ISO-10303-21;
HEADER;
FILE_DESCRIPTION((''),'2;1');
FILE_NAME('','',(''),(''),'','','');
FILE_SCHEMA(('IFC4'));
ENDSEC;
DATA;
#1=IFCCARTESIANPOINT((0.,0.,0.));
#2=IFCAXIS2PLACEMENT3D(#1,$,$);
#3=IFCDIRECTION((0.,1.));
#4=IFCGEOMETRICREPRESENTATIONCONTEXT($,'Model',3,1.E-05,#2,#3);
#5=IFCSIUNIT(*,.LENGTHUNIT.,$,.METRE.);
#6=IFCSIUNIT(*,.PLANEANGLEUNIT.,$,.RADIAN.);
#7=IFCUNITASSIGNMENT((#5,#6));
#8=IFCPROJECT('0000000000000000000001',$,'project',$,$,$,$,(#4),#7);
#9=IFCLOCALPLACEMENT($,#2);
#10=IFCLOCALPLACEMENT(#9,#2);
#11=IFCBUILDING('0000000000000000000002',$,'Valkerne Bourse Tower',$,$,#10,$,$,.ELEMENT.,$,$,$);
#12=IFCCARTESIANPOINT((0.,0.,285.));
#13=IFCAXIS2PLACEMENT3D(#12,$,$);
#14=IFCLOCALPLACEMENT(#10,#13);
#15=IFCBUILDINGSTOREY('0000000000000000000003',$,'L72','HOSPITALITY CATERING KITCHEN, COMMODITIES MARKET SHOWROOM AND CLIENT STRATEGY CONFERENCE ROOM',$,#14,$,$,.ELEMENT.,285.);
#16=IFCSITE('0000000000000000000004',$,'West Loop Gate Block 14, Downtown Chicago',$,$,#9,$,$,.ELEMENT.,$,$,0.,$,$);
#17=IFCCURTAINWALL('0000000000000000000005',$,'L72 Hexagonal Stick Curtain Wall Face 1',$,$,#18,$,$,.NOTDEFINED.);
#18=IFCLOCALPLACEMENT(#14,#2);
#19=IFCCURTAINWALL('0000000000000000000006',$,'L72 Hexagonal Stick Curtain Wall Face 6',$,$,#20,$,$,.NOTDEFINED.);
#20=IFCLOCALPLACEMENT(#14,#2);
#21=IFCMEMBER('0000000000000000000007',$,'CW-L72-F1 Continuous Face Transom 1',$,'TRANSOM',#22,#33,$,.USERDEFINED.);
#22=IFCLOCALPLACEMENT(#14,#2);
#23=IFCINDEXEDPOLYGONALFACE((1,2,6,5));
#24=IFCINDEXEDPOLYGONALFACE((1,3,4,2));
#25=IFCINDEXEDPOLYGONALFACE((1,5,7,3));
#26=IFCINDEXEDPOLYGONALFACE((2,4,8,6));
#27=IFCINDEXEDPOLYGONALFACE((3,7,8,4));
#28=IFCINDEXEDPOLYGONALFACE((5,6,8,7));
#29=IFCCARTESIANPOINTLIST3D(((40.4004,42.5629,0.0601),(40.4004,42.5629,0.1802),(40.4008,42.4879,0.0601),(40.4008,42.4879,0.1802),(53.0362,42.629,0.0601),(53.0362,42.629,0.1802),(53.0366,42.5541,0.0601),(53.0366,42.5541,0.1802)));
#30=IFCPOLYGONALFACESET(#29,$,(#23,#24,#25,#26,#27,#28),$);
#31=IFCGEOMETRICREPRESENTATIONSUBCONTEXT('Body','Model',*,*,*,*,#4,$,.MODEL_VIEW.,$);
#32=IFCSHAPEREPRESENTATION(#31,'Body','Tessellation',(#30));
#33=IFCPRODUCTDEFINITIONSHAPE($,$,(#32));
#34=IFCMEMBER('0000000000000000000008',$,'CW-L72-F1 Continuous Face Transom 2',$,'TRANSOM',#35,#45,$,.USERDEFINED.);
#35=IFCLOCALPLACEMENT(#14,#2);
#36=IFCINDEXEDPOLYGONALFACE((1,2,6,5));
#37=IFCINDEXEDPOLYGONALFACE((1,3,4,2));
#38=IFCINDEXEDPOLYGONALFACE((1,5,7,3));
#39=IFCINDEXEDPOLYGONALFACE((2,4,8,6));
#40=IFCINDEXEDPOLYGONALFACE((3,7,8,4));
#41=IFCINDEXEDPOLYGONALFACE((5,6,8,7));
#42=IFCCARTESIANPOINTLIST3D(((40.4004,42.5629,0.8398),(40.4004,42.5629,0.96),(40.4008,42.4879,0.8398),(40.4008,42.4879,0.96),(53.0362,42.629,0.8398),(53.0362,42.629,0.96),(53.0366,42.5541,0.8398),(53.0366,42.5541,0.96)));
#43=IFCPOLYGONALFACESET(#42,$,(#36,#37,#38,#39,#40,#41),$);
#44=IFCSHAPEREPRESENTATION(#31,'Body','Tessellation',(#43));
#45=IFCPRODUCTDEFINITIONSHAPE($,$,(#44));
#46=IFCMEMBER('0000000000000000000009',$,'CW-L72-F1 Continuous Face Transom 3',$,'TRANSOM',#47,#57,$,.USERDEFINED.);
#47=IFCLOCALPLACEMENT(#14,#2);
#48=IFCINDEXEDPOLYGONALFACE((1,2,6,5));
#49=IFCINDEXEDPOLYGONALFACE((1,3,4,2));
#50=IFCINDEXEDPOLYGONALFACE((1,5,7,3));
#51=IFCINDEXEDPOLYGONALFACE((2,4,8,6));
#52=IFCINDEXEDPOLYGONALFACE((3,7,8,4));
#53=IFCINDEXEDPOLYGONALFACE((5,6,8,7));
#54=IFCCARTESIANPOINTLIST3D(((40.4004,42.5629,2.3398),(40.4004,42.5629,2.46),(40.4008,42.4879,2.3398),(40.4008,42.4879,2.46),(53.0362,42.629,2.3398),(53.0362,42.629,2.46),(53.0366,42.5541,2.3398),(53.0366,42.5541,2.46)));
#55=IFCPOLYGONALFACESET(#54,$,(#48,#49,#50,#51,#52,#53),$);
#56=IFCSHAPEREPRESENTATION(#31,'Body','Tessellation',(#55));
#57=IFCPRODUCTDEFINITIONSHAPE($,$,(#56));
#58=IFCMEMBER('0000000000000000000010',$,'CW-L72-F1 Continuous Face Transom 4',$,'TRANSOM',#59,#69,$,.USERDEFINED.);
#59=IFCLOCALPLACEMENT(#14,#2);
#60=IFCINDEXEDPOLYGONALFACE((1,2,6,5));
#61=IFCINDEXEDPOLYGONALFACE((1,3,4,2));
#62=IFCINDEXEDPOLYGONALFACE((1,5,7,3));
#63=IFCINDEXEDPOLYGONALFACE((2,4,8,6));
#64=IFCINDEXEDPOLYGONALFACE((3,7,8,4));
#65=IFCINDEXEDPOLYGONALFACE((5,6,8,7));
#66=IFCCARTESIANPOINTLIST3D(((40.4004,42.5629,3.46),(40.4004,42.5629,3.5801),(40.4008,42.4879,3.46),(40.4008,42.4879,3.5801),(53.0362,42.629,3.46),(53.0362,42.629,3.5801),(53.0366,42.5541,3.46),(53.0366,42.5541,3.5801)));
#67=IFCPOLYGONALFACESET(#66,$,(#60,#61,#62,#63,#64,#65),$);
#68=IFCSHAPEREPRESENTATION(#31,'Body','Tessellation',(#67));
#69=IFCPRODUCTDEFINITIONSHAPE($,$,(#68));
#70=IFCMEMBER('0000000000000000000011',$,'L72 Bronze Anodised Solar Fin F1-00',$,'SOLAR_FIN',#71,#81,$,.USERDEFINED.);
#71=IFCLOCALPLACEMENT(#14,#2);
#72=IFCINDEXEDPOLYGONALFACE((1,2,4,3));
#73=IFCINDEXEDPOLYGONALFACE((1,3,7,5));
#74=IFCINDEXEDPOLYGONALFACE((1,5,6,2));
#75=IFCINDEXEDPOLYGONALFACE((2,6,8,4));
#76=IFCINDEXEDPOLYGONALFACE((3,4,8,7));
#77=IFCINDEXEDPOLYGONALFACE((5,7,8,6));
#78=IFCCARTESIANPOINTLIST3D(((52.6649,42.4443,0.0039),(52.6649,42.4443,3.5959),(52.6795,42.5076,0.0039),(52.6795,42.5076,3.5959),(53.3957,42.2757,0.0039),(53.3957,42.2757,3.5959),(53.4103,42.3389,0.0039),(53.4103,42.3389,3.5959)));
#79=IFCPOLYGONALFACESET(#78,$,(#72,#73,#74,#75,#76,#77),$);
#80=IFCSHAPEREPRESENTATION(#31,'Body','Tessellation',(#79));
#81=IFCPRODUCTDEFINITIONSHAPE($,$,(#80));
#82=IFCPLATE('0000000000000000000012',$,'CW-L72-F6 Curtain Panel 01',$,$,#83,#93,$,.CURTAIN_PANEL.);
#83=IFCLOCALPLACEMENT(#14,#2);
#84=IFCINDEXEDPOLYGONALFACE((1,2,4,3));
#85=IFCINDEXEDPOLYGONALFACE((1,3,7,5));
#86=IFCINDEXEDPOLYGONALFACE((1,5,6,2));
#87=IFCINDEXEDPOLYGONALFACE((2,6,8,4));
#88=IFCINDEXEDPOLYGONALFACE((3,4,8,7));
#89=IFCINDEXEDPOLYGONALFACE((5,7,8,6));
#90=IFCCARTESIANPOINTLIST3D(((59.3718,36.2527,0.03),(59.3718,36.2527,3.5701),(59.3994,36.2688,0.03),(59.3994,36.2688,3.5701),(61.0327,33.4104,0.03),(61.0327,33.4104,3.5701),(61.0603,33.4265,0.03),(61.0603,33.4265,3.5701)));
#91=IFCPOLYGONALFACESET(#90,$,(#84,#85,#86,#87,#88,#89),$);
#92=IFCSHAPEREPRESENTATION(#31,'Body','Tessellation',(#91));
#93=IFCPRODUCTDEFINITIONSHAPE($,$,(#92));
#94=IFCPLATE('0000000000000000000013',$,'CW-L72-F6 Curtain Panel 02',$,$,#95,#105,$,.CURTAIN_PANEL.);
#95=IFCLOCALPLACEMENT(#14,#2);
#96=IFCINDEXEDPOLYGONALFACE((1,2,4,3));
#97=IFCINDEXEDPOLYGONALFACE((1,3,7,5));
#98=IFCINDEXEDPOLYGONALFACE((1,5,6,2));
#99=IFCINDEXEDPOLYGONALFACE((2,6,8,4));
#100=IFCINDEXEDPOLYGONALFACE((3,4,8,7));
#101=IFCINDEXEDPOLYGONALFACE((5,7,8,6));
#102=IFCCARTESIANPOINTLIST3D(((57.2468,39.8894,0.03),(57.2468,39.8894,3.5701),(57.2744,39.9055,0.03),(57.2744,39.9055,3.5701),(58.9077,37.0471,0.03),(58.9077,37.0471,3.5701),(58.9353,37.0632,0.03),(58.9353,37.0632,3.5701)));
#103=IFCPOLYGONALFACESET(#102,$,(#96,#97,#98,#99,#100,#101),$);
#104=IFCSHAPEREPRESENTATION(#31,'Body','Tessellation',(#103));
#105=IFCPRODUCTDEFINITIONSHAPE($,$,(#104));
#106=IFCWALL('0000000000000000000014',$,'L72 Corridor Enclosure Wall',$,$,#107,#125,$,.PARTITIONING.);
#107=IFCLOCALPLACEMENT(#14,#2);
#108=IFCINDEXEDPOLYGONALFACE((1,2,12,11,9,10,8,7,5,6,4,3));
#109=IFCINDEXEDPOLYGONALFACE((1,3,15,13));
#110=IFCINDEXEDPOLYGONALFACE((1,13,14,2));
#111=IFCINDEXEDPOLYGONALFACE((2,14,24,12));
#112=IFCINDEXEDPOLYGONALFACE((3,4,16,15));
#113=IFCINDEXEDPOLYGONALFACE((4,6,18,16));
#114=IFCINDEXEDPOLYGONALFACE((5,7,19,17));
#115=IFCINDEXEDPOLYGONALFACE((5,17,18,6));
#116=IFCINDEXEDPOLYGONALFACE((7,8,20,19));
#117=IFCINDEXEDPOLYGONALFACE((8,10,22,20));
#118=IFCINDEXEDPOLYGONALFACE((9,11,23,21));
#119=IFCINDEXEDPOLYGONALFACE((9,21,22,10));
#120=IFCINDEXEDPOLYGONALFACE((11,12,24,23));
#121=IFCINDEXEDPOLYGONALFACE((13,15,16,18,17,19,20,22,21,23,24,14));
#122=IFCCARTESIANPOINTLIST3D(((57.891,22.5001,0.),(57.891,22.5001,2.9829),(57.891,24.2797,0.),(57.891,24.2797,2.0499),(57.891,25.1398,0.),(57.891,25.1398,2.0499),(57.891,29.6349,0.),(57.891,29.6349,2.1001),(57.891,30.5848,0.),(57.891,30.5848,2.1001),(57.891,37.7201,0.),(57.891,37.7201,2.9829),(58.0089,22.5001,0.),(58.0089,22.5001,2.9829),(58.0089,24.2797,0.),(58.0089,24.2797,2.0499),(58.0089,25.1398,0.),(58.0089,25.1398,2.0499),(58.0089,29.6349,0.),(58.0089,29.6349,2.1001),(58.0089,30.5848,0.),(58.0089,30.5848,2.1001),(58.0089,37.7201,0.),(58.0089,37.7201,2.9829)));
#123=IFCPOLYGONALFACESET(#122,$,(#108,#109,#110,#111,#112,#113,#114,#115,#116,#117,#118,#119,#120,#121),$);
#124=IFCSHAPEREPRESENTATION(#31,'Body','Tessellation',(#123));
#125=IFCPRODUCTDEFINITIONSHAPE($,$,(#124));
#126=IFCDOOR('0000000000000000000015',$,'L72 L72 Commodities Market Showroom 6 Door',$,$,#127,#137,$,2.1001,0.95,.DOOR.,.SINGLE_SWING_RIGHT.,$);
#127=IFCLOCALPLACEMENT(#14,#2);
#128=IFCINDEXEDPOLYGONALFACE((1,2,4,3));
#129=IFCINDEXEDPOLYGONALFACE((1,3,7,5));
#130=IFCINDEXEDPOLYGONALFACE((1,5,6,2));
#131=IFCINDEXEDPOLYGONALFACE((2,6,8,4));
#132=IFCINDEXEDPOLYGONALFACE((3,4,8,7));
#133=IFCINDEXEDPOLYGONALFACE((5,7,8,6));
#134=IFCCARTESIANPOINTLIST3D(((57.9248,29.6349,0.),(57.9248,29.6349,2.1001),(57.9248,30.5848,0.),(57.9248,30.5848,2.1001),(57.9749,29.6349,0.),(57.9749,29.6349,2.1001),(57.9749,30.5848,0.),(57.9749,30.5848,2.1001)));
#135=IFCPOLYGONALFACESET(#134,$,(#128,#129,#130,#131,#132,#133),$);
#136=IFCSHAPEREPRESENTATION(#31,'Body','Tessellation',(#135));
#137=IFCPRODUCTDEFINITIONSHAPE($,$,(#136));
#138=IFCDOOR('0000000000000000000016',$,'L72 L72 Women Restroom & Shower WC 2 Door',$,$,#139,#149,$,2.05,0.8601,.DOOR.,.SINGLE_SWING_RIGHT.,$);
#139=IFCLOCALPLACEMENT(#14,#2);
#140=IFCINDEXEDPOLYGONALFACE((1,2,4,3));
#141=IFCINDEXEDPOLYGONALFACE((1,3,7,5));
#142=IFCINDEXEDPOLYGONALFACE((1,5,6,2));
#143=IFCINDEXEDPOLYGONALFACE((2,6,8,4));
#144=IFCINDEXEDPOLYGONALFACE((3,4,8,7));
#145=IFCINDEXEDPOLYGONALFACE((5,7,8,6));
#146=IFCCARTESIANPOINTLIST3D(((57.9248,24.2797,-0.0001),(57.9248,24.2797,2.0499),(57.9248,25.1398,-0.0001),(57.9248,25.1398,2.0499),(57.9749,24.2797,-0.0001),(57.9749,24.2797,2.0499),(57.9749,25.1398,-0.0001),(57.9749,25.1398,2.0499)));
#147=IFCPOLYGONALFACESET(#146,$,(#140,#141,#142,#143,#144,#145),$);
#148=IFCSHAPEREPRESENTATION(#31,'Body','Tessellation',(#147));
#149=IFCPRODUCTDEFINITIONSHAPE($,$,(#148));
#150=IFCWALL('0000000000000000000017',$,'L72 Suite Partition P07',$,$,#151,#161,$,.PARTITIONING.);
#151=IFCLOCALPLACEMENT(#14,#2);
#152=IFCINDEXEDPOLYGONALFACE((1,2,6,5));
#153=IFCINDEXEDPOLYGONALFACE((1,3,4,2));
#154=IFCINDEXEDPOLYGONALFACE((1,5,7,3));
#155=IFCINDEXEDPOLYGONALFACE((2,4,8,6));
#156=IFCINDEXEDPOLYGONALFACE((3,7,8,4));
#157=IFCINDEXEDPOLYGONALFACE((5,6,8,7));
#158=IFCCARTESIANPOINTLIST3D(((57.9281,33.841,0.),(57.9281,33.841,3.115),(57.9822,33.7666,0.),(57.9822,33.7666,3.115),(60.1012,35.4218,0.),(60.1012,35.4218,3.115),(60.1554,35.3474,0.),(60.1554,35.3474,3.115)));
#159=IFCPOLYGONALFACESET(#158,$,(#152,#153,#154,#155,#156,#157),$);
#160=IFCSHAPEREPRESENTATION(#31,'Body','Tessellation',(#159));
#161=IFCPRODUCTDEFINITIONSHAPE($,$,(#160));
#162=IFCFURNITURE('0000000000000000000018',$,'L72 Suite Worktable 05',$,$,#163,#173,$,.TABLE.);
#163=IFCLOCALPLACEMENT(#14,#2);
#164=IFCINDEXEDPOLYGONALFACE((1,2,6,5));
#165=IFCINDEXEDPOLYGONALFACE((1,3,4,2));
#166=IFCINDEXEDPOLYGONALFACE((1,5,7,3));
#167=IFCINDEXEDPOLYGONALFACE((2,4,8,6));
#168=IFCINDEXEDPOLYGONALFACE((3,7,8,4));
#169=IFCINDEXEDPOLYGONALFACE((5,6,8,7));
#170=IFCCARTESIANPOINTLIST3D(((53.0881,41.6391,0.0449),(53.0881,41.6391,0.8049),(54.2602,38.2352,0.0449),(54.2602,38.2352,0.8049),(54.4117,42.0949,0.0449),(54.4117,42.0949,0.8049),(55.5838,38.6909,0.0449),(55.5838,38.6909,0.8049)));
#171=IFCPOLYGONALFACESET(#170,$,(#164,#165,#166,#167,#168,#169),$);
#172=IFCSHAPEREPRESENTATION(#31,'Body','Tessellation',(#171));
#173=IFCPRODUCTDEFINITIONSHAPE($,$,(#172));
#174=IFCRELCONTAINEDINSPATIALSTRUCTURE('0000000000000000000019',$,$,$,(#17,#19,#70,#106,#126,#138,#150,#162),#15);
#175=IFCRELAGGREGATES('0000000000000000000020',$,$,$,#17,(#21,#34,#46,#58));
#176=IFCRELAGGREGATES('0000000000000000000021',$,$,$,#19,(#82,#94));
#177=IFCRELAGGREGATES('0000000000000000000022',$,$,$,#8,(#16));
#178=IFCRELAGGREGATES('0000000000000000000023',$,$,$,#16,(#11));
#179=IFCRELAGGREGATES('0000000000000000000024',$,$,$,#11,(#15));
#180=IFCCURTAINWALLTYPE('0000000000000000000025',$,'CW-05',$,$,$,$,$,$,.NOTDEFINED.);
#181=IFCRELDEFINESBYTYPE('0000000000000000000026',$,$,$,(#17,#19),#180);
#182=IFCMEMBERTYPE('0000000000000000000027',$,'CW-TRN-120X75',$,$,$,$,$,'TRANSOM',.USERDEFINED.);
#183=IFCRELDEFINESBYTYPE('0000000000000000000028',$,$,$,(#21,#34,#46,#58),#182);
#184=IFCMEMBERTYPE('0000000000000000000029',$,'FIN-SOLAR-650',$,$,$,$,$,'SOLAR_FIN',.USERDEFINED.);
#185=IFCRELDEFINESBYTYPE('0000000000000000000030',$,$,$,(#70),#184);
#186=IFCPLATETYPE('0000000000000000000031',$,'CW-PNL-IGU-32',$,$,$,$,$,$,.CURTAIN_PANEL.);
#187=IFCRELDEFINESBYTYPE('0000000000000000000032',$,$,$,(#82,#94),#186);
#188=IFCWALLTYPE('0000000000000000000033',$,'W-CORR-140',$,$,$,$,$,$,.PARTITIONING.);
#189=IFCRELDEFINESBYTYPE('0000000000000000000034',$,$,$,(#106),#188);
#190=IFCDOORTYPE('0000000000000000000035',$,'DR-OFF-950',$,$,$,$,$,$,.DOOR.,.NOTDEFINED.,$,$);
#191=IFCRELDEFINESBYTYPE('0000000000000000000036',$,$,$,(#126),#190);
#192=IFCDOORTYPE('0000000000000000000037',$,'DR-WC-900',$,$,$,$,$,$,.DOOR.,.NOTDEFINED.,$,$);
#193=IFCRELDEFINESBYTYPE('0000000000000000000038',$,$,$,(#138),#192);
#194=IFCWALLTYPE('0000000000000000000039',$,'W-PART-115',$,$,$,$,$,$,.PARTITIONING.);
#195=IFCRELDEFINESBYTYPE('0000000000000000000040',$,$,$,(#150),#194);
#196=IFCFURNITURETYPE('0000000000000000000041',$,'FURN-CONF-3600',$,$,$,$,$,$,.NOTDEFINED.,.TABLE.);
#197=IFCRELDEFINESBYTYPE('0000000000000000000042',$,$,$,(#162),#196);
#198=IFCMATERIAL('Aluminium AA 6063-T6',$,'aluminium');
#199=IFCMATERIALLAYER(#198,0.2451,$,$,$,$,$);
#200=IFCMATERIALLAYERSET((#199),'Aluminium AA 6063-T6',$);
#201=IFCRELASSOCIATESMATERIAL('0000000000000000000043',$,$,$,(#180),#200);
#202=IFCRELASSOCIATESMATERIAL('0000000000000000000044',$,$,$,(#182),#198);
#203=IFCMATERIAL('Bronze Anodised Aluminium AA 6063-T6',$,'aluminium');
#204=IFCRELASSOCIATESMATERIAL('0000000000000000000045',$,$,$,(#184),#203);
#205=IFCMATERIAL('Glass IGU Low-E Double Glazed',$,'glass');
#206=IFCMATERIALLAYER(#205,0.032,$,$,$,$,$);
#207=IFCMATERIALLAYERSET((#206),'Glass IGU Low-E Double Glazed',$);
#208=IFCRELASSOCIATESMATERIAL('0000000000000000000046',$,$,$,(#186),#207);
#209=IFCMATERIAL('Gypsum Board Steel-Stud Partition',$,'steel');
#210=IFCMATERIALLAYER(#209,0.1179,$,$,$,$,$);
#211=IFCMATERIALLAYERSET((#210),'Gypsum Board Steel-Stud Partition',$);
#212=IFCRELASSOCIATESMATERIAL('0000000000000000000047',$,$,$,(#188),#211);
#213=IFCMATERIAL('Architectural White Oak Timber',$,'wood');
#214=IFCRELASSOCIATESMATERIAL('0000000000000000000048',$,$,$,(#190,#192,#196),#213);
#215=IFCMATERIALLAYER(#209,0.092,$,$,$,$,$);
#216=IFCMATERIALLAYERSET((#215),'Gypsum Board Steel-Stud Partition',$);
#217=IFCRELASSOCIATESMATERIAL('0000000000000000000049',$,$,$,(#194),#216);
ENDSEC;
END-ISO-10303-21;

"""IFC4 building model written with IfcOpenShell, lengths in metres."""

from ifc_helpers import new_model, si_unit, direction, frame, frame_2d, origin, origin_2d, place, context, subcontext, project, spatial, rectangle, extrude, material, layer, layer_set, material_profile, profile_set, type_object, element, fill, aggregate, save


model = new_model("IFC4")

# Units and contexts
model_context = context("Model", 3, precision=1e-05, world=origin(), true_north=direction((0.0, 1.0)))
body_context = subcontext(model_context, "Body", "Model", "MODEL_VIEW")
ifc_project = project(units=[si_unit("LENGTHUNIT", "METRE"), si_unit("PLANEANGLEUNIT", "RADIAN")], contexts=[model_context])

# Site, building, storey
site_placement = place(None, origin())
site = spatial("IfcSite", under=ifc_project, at=site_placement, Name="West Loop Gate Block 14, Downtown Chicago", CompositionType="ELEMENT", RefElevation=0.0)
building_placement = place(site_placement, origin())
building = spatial("IfcBuilding", under=site, at=building_placement, Name="Valkerne Bourse Tower", CompositionType="ELEMENT")
storey_placement = place(building_placement, frame((0.0, 0.0, 285.0)))
storey = spatial("IfcBuildingStorey", under=building, at=storey_placement, Name="L72", Description="HOSPITALITY CATERING KITCHEN, COMMODITIES MARKET SHOWROOM AND CLIENT STRATEGY CONFERENCE ROOM", CompositionType="ELEMENT", Elevation=285.0)

# Curtain wall
ifc_material_1 = material(Name="Aluminium AA 6063-T6", Category="aluminium")
ifc_layer_1 = layer(ifc_material_1, 0.2451)
ifc_layer_set_1 = layer_set([ifc_layer_1], Name="Aluminium AA 6063-T6")
curtain_wall_type = type_object("IfcCurtainWallType", Name="CW-05", PredefinedType="NOTDEFINED", material=ifc_layer_set_1)
curtain_wall_1_placement = place(storey_placement, origin())
curtain_wall_1 = element("IfcCurtainWall", 1, at=curtain_wall_1_placement, inside=storey, type_object=curtain_wall_type, Name="L72 Hexagonal Stick Curtain Wall Face 1", PredefinedType="NOTDEFINED")

# Curtain wall
curtain_wall_2_placement = place(storey_placement, origin())
curtain_wall_2 = element("IfcCurtainWall", 2, at=curtain_wall_2_placement, inside=storey, type_object=curtain_wall_type, Name="L72 Hexagonal Stick Curtain Wall Face 6", PredefinedType="NOTDEFINED")

# Members
ifc_material_profile_1 = material_profile(ifc_material_1, rectangle(XDim=0.075, YDim=0.1201, at=origin_2d()), Name="CWT-75X120")
ifc_profile_set_1 = profile_set([ifc_material_profile_1], Name="Aluminium AA 6063-T6")
member_type_1 = type_object("IfcMemberType", Name="CW-TRN-120X75", ElementType="TRANSOM", PredefinedType="USERDEFINED", material=ifc_profile_set_1)
member_1_placement = place(storey_placement, frame((53.0364, 42.5916, 0.1201), z_axis=(-0.999986, -0.005236, 0.0), x_axis=(0.005236, -0.999986, 0.0)))
member_1 = element("IfcMember", 3, at=member_1_placement, type_object=member_type_1, Name="CW-L72-F1 Continuous Face Transom 1", ObjectType="TRANSOM", PredefinedType="USERDEFINED", context=body_context, shape_type="SweptSolid", body=[
    extrude(rectangle(XDim=0.075, YDim=0.1201, at=origin_2d()), origin(), (0.0, 0.0, 1.0), 12.636),
])
member_2_placement = place(storey_placement, frame((53.0364, 42.5916, 0.8999), z_axis=(-0.999986, -0.005236, 0.0), x_axis=(0.005236, -0.999986, 0.0)))
member_2 = element("IfcMember", 4, at=member_2_placement, type_object=member_type_1, Name="CW-L72-F1 Continuous Face Transom 2", ObjectType="TRANSOM", PredefinedType="USERDEFINED", context=body_context, shape_type="SweptSolid", body=[
    extrude(rectangle(XDim=0.075, YDim=0.1201, at=origin_2d()), origin(), (0.0, 0.0, 1.0), 12.636),
])
member_3_placement = place(storey_placement, frame((53.0364, 42.5916, 2.3999), z_axis=(-0.999986, -0.005236, 0.0), x_axis=(0.005236, -0.999986, 0.0)))
member_3 = element("IfcMember", 5, at=member_3_placement, type_object=member_type_1, Name="CW-L72-F1 Continuous Face Transom 3", ObjectType="TRANSOM", PredefinedType="USERDEFINED", context=body_context, shape_type="SweptSolid", body=[
    extrude(rectangle(XDim=0.075, YDim=0.1201, at=origin_2d()), origin(), (0.0, 0.0, 1.0), 12.636),
])
member_4_placement = place(storey_placement, frame((53.0364, 42.5916, 3.52), z_axis=(-0.999986, -0.005236, 0.0), x_axis=(0.005236, -0.999986, 0.0)))
member_4 = element("IfcMember", 6, at=member_4_placement, type_object=member_type_1, Name="CW-L72-F1 Continuous Face Transom 4", ObjectType="TRANSOM", PredefinedType="USERDEFINED", context=body_context, shape_type="SweptSolid", body=[
    extrude(rectangle(XDim=0.075, YDim=0.1201, at=origin_2d()), origin(), (0.0, 0.0, 1.0), 12.636),
])
aggregate(curtain_wall_1, [member_1, member_2, member_3, member_4])
ifc_material_2 = material(Name="Bronze Anodised Aluminium AA 6063-T6", Category="aluminium")
ifc_material_profile_2 = material_profile(ifc_material_2, rectangle(XDim=0.0649, YDim=0.75, at=origin_2d()), Name="FIN-65X750")
ifc_profile_set_2 = profile_set([ifc_material_profile_2], Name="Bronze Anodised Aluminium AA 6063-T6")
member_type_2 = type_object("IfcMemberType", Name="FIN-SOLAR-650", ElementType="SOLAR_FIN", PredefinedType="USERDEFINED", material=ifc_profile_set_2)
member_5_placement = place(storey_placement, frame((53.0376, 42.3916, 0.0039), z_axis=(0.0, 0.0, 1.0), x_axis=(0.224828, 0.974399, 0.0)))
element("IfcMember", 7, at=member_5_placement, inside=storey, type_object=member_type_2, Name="L72 Bronze Anodised Solar Fin F1-00", ObjectType="SOLAR_FIN", PredefinedType="USERDEFINED", context=body_context, shape_type="SweptSolid", body=[
    extrude(rectangle(XDim=0.0649, YDim=0.75, at=origin_2d()), origin(), (0.0, 0.0, 1.0), 3.592),
])

# Plates
ifc_material_3 = material(Name="Glass IGU Low-E Double Glazed", Category="glass")
ifc_layer_2 = layer(ifc_material_3, 0.032)
ifc_layer_set_2 = layer_set([ifc_layer_2], Name="Glass IGU Low-E Double Glazed")
plate_type = type_object("IfcPlateType", Name="CW-PNL-IGU-32", PredefinedType="CURTAIN_PANEL", material=ifc_layer_set_2)
plate_1_placement = place(storey_placement, frame((60.2161, 34.8396, 0.03), z_axis=(0.0, 0.0, 1.0), x_axis=(-0.504535, 0.863391, 0.0)))
plate_1 = element("IfcPlate", 8, at=plate_1_placement, type_object=plate_type, Name="CW-L72-F6 Curtain Panel 01", PredefinedType="CURTAIN_PANEL", context=body_context, shape_type="SweptSolid", body=[
    extrude(rectangle(XDim=3.292, YDim=0.032, at=origin_2d()), origin(), (0.0, 0.0, 1.0), 3.54),
])
plate_2_placement = place(storey_placement, frame((58.0911, 38.4763, 0.03), z_axis=(0.0, 0.0, 1.0), x_axis=(-0.504535, 0.863391, 0.0)))
plate_2 = element("IfcPlate", 9, at=plate_2_placement, type_object=plate_type, Name="CW-L72-F6 Curtain Panel 02", PredefinedType="CURTAIN_PANEL", context=body_context, shape_type="SweptSolid", body=[
    extrude(rectangle(XDim=3.292, YDim=0.032, at=origin_2d()), origin(), (0.0, 0.0, 1.0), 3.54),
])
aggregate(curtain_wall_2, [plate_1, plate_2])

# Wall, openings, doors
ifc_material_4 = material(Name="Gypsum Board Steel-Stud Partition", Category="steel")
ifc_layer_3 = layer(ifc_material_4, 0.1179)
ifc_layer_set_3 = layer_set([ifc_layer_3], Name="Gypsum Board Steel-Stud Partition")
wall_type_1 = type_object("IfcWallType", Name="W-CORR-140", PredefinedType="PARTITIONING", material=ifc_layer_set_3)
wall_1_placement = place(storey_placement, frame((57.95, 37.72, 0.0), z_axis=(0.0, 0.0, 1.0), x_axis=(0.0, -1.0, 0.0)))
wall_1 = element("IfcWall", 10, at=wall_1_placement, inside=storey, type_object=wall_type_1, Name="L72 Corridor Enclosure Wall", PredefinedType="PARTITIONING", context=body_context, shape_type="SweptSolid", body=[
    extrude(rectangle(XDim=15.22, YDim=0.1179, at=frame_2d((7.6099, 0.0))), origin(), (0.0, 0.0, 1.0), 2.9829),
])
opening_1_placement = place(wall_1_placement, frame((12.5801, 0.0, 0.0)))
opening_1 = element("IfcOpeningElement", 11, at=opening_1_placement, cuts=wall_1, PredefinedType="OPENING", context=body_context, shape_type="SweptSolid", body=[
    extrude(rectangle(XDim=0.8601, YDim=2.05, at=frame_2d((0.4302, 1.0249))), frame((0.0, 0.0688, 0.0), z_axis=(0.0, -1.0, 0.0), x_axis=(1.0, 0.0, 0.0)), (0.0, 0.0, 1.0), 0.1379),
])
opening_2_placement = place(wall_1_placement, frame((7.135, 0.0, 0.0)))
opening_2 = element("IfcOpeningElement", 12, at=opening_2_placement, cuts=wall_1, PredefinedType="OPENING", context=body_context, shape_type="SweptSolid", body=[
    extrude(rectangle(XDim=0.95, YDim=2.1001, at=frame_2d((0.4751, 1.05))), frame((0.0, 0.0688, 0.0), z_axis=(0.0, -1.0, 0.0), x_axis=(1.0, 0.0, 0.0)), (0.0, 0.0, 1.0), 0.1379),
])
ifc_material_5 = material(Name="Architectural White Oak Timber", Category="wood")
door_type_1 = type_object("IfcDoorType", Name="DR-OFF-950", OperationType="NOTDEFINED", PredefinedType="DOOR", material=ifc_material_5)
door_1_placement = place(opening_2_placement, origin())
door_1 = element("IfcDoor", 13, at=door_1_placement, inside=storey, type_object=door_type_1, Name="L72 L72 Commodities Market Showroom 6 Door", OperationType="SINGLE_SWING_RIGHT", OverallHeight=2.1001, OverallWidth=0.95, PredefinedType="DOOR", context=body_context, shape_type="SweptSolid", body=[
    extrude(rectangle(XDim=0.95, YDim=2.1001, at=frame_2d((0.4751, 1.05))), frame((0.0, 0.0249, 0.0), z_axis=(0.0, -1.0, 0.0), x_axis=(1.0, 0.0, 0.0)), (0.0, 0.0, 1.0), 0.05),
])
fill(opening_2, door_1)
door_type_2 = type_object("IfcDoorType", Name="DR-WC-900", OperationType="NOTDEFINED", PredefinedType="DOOR", material=ifc_material_5)
door_2_placement = place(opening_1_placement, origin())
door_2 = element("IfcDoor", 14, at=door_2_placement, inside=storey, type_object=door_type_2, Name="L72 L72 Women Restroom & Shower WC 2 Door", OperationType="SINGLE_SWING_RIGHT", OverallHeight=2.05, OverallWidth=0.8601, PredefinedType="DOOR", context=body_context, shape_type="SweptSolid", body=[
    extrude(rectangle(XDim=0.8601, YDim=2.05, at=frame_2d((0.4302, 1.0249))), frame((0.0, 0.0249, 0.0), z_axis=(0.0, -1.0, 0.0), x_axis=(1.0, 0.0, 0.0)), (0.0, 0.0, 1.0), 0.05),
])
fill(opening_1, door_2)

# Wall
ifc_layer_4 = layer(ifc_material_4, 0.092)
ifc_layer_set_4 = layer_set([ifc_layer_4], Name="Gypsum Board Steel-Stud Partition")
wall_type_2 = type_object("IfcWallType", Name="W-PART-115", PredefinedType="PARTITIONING", material=ifc_layer_set_4)
wall_2_placement = place(storey_placement, frame((57.9551, 33.8037, 0.0), z_axis=(0.0, 0.0, 1.0), x_axis=(0.808669, 0.588264, 0.0)))
element("IfcWall", 15, at=wall_2_placement, inside=storey, type_object=wall_type_2, Name="L72 Suite Partition P07", PredefinedType="PARTITIONING", context=body_context, shape_type="SweptSolid", body=[
    extrude(rectangle(XDim=2.6873, YDim=0.092, at=frame_2d((1.3438, 0.0))), origin(), (0.0, 0.0, 1.0), 3.115),
])

# Furniture
furniture_type = type_object("IfcFurnitureType", Name="FURN-CONF-3600", AssemblyPlace="NOTDEFINED", PredefinedType="TABLE", material=ifc_material_5)
furniture_placement = place(storey_placement, frame((54.3359, 40.165, 0.0449), z_axis=(0.0, 0.0, 1.0), x_axis=(-0.325568, 0.945519, 0.0)))
element("IfcFurniture", 16, at=furniture_placement, inside=storey, type_object=furniture_type, Name="L72 Suite Worktable 05", PredefinedType="TABLE", context=body_context, shape_type="SweptSolid", body=[
    extrude(rectangle(XDim=3.6001, YDim=1.3999, at=origin_2d()), origin(), (0.0, 0.0, 1.0), 0.76),
])

save(model, "model.ifc")
